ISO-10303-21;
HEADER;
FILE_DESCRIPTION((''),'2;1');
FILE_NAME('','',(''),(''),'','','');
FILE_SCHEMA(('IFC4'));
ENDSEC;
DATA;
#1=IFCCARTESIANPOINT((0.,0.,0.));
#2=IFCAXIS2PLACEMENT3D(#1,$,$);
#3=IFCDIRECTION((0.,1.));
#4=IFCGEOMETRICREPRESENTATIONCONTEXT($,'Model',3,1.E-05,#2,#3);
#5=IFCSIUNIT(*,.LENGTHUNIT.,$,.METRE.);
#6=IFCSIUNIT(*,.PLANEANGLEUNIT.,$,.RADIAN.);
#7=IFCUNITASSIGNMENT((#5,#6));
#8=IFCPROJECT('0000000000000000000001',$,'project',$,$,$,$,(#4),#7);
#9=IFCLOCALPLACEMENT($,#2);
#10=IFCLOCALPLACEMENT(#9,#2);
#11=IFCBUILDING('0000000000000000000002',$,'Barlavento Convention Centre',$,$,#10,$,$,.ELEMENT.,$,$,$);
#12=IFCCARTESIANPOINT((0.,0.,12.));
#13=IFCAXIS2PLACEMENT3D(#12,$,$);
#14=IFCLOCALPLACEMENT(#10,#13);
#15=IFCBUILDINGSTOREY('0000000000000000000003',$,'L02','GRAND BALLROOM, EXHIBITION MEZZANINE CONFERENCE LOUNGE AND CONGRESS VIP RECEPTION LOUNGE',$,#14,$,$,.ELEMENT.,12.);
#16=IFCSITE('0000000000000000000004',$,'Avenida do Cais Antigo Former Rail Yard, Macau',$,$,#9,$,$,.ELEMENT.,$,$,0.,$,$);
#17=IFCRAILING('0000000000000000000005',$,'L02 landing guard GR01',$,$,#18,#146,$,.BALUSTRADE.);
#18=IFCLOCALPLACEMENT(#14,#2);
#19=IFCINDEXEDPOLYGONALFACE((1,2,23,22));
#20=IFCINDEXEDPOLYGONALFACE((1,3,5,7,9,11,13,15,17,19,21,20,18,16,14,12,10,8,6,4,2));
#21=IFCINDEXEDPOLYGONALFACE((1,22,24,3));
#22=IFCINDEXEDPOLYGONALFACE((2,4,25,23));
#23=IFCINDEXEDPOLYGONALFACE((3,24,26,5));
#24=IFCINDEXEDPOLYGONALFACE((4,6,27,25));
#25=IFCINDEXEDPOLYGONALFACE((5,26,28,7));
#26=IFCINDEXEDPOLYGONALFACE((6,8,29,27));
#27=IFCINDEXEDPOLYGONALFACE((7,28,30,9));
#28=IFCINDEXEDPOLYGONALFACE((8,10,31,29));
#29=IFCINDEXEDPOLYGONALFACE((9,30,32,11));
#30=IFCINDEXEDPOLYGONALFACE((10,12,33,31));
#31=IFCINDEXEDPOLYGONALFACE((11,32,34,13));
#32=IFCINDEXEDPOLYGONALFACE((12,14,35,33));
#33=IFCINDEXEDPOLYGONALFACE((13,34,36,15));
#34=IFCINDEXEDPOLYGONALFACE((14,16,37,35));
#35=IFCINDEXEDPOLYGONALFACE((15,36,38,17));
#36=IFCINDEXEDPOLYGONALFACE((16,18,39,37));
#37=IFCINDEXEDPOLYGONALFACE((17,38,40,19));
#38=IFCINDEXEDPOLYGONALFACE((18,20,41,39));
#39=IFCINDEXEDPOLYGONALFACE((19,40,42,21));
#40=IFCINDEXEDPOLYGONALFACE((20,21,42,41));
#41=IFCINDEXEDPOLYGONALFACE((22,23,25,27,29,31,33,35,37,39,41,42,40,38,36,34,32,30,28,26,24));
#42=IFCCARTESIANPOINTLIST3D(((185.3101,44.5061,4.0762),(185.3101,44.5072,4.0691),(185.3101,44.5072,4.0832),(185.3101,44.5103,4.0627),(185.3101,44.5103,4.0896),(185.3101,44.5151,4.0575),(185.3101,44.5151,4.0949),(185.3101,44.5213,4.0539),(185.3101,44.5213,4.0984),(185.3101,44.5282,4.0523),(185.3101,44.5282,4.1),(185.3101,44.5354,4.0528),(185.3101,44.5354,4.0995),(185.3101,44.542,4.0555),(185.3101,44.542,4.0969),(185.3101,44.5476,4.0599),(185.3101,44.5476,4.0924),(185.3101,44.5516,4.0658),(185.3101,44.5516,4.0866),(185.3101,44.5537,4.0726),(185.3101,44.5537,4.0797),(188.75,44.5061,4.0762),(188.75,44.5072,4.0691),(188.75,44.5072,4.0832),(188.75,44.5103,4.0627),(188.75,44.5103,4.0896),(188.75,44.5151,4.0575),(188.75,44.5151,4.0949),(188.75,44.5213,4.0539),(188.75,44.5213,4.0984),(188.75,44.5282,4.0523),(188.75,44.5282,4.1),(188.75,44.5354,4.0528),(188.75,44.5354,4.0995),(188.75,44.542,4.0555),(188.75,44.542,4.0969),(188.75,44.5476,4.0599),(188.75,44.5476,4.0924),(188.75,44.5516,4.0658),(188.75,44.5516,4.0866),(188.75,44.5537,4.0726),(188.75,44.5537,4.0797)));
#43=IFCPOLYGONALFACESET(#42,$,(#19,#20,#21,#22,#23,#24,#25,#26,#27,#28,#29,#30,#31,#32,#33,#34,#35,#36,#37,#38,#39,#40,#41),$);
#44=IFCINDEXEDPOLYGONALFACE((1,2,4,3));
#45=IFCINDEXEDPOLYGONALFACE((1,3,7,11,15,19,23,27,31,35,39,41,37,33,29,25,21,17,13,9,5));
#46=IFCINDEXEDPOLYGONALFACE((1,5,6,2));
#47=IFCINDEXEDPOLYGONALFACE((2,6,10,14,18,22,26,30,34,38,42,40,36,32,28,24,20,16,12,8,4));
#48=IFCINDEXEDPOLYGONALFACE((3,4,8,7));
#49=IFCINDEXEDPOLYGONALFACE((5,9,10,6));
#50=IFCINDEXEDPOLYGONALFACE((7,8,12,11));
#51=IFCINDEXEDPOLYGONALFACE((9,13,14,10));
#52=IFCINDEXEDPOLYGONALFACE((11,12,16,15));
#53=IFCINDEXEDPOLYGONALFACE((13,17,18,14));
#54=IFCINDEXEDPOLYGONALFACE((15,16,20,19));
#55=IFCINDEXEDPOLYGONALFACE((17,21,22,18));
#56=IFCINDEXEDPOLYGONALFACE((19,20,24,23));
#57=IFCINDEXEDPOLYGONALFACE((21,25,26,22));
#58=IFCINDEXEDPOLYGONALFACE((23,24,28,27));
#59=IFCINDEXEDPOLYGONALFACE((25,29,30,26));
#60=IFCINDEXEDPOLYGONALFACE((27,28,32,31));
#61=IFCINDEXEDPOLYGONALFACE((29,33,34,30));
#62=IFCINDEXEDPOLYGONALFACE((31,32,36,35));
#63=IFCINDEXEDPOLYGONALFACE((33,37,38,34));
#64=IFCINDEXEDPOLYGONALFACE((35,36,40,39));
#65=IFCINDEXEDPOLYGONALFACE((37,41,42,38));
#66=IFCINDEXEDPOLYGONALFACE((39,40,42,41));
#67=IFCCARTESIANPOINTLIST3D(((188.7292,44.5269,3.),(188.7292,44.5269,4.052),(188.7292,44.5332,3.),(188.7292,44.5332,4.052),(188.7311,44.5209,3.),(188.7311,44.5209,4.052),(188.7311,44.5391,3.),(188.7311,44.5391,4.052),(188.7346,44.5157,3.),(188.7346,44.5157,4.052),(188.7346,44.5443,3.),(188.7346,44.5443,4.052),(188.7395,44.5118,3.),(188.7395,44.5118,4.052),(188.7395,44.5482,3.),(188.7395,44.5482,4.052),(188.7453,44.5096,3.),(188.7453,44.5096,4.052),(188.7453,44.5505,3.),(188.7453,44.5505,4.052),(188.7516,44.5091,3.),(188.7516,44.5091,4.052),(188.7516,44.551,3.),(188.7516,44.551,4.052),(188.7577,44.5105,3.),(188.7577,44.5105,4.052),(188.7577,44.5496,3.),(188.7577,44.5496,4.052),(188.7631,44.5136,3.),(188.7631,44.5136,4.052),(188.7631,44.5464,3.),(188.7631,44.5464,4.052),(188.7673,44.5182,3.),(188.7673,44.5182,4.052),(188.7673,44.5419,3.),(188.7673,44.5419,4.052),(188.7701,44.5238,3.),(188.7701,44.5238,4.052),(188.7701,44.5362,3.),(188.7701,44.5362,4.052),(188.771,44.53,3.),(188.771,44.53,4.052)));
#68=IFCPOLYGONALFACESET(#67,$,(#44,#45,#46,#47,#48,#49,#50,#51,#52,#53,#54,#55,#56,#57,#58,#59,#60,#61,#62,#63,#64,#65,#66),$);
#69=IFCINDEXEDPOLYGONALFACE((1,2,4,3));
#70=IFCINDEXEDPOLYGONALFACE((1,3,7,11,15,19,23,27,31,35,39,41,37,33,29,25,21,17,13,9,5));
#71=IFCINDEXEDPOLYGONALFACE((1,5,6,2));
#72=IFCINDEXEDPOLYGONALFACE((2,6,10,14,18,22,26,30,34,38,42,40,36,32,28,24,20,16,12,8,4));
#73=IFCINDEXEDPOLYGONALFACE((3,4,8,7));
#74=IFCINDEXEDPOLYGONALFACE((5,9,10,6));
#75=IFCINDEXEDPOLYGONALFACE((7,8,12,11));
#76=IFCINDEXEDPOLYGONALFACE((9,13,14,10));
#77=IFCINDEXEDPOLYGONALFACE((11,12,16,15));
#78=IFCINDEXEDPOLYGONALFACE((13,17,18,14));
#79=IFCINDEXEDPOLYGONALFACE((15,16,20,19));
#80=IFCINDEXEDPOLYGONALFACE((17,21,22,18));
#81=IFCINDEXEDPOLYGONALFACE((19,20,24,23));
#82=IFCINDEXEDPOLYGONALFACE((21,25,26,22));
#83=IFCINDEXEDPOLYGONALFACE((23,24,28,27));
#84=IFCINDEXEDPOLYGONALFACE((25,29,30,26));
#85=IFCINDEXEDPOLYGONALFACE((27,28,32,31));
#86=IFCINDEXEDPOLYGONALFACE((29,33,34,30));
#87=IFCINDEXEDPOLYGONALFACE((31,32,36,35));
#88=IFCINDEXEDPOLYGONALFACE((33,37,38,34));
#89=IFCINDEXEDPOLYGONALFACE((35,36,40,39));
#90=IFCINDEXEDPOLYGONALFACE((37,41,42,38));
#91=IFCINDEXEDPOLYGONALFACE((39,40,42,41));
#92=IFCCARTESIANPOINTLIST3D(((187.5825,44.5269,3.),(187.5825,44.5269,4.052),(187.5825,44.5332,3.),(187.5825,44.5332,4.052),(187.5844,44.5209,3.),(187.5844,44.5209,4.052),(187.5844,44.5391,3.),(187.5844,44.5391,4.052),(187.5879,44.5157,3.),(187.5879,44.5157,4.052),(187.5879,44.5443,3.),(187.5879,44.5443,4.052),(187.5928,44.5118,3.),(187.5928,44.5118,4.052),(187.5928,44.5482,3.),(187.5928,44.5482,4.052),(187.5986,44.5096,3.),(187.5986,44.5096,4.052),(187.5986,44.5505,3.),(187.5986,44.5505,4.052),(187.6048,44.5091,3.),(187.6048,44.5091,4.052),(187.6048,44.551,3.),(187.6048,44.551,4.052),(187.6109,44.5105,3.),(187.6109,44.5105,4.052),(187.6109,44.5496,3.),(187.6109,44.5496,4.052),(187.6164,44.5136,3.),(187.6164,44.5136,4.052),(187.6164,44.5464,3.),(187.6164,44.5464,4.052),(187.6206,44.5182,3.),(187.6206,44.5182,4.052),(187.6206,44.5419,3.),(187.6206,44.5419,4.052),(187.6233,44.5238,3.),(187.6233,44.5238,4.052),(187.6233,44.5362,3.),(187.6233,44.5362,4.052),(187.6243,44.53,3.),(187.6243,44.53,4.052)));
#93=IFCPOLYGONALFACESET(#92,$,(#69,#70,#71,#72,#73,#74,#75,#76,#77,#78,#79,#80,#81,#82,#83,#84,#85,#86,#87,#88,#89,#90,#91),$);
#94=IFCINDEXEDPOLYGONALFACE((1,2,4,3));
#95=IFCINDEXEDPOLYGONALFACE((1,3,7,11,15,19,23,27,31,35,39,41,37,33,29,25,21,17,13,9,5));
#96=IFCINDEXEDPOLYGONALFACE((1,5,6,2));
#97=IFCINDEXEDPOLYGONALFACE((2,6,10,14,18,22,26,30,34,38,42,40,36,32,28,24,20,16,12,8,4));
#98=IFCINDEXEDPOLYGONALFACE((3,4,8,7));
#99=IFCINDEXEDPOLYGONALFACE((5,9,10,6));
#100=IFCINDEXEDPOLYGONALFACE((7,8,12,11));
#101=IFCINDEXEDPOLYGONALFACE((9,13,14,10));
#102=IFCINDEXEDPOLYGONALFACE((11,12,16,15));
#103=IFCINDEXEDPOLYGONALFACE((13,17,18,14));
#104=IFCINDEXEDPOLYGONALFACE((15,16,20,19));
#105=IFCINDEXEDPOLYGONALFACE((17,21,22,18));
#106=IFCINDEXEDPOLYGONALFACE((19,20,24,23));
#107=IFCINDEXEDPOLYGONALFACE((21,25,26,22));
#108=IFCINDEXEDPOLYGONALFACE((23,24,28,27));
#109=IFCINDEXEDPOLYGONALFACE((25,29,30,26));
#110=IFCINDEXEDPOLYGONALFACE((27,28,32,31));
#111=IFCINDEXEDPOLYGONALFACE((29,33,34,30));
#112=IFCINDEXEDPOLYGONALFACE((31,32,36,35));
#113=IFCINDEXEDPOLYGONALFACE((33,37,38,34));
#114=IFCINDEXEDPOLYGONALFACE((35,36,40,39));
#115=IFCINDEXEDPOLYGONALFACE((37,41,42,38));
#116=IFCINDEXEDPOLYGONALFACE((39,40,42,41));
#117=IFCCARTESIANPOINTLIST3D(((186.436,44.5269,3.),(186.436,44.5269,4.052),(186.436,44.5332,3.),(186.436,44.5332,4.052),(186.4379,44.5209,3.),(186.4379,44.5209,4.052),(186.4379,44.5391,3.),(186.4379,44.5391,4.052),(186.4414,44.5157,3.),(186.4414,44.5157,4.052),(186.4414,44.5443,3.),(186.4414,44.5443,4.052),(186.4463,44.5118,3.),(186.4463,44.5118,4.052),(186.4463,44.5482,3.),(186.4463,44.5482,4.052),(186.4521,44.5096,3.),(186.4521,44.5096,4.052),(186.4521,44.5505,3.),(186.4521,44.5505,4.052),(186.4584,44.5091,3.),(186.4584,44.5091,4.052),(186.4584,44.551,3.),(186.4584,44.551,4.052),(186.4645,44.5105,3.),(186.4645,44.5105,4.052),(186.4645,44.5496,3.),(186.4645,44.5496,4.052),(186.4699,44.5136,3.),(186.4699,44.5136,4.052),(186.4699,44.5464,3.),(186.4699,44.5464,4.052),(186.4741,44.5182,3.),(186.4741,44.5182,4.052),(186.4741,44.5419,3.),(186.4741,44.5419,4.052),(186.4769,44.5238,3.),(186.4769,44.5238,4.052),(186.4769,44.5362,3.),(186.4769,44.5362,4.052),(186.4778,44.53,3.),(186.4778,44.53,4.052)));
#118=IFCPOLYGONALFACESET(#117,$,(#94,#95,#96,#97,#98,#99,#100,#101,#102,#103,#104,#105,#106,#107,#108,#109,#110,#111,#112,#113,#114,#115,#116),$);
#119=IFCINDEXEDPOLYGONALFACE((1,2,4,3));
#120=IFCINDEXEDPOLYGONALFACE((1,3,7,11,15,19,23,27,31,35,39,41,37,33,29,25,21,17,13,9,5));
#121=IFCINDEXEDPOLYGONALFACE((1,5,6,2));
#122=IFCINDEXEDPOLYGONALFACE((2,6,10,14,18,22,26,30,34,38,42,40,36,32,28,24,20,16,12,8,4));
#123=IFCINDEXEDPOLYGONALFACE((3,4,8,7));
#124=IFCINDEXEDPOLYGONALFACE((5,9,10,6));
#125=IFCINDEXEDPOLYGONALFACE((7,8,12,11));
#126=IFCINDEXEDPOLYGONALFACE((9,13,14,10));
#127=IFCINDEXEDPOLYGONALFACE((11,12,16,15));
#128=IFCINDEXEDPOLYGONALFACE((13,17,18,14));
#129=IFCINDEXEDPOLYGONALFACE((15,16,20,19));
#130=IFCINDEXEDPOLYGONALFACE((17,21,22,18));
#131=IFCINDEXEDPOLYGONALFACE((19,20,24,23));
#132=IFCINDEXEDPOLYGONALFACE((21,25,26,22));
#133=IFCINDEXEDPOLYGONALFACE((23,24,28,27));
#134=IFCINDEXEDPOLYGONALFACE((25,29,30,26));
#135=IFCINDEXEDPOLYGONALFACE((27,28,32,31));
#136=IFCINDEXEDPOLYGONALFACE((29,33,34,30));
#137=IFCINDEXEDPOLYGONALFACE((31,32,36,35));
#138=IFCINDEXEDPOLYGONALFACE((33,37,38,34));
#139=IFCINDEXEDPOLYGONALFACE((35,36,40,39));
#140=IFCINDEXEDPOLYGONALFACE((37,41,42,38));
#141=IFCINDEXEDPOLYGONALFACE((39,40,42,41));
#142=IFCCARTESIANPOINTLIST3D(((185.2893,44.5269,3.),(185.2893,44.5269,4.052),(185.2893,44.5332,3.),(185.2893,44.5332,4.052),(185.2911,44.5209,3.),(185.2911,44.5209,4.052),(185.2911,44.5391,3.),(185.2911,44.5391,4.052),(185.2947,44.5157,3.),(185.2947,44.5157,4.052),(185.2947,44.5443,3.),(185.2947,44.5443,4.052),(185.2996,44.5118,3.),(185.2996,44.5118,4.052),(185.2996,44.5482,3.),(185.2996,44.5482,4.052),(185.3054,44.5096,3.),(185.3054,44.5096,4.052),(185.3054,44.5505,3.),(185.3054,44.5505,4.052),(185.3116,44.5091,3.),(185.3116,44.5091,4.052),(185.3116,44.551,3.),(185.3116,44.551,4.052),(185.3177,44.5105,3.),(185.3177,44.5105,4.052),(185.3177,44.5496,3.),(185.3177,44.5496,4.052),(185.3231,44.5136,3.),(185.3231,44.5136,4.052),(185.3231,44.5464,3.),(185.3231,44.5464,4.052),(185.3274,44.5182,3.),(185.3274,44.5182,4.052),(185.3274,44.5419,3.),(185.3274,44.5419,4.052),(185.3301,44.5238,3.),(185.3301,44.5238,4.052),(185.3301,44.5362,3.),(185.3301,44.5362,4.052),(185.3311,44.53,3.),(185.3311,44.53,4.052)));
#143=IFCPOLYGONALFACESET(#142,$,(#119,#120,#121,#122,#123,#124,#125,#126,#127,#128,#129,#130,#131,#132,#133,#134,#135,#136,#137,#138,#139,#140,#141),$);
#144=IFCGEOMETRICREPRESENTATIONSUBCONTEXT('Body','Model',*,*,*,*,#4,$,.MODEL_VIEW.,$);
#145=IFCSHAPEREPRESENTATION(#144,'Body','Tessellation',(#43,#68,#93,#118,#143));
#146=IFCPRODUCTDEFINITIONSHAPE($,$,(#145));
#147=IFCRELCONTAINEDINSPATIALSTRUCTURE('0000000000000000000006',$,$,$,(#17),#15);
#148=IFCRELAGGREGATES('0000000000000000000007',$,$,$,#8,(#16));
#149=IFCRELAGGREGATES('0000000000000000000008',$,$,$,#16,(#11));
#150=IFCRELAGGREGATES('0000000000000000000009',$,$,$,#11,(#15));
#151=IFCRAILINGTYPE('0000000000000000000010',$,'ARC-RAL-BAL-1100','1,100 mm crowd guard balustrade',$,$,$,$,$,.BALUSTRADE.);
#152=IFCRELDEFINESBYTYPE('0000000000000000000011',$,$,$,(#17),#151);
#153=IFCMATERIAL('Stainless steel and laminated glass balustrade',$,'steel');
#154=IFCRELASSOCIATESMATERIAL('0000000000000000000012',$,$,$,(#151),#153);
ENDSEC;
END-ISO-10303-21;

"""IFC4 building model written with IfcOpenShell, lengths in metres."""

from ifc_helpers import new_model, si_unit, direction, frame, origin, origin_2d, place, context, subcontext, project, spatial, circle, extrude, material, type_object, element, save


model = new_model("IFC4")

# Units and contexts
model_context = context("Model", 3, precision=1e-05, world=origin(), true_north=direction((0.0, 1.0)))
body_context = subcontext(model_context, "Body", "Model", "MODEL_VIEW")
ifc_project = project(units=[si_unit("LENGTHUNIT", "METRE"), si_unit("PLANEANGLEUNIT", "RADIAN")], contexts=[model_context])

# Site, building, storey
site_placement = place(None, origin())
site = spatial("IfcSite", under=ifc_project, at=site_placement, Name="Avenida do Cais Antigo Former Rail Yard, Macau", CompositionType="ELEMENT", RefElevation=0.0)
building_placement = place(site_placement, origin())
building = spatial("IfcBuilding", under=site, at=building_placement, Name="Barlavento Convention Centre", CompositionType="ELEMENT")
storey_placement = place(building_placement, frame((0.0, 0.0, 12.0)))
storey = spatial("IfcBuildingStorey", under=building, at=storey_placement, Name="L02", Description="GRAND BALLROOM, EXHIBITION MEZZANINE CONFERENCE LOUNGE AND CONGRESS VIP RECEPTION LOUNGE", CompositionType="ELEMENT", Elevation=12.0)

# Railing
ifc_material_1 = material(Name="Stainless steel and laminated glass balustrade", Category="steel")
railing_type_1 = type_object("IfcRailingType", Name="ARC-RAL-BAL-1100", Description="1,100 mm crowd guard balustrade", PredefinedType="BALUSTRADE", material=ifc_material_1)
railing_1_placement = place(storey_placement, frame((188.75, 44.53, 3.0)))
element("IfcRailing", 1, at=railing_1_placement, inside=storey, type_object=railing_type_1, Name="L02 landing guard GR01", PredefinedType="BALUSTRADE", context=body_context, shape_type="SweptSolid", body=[
    extrude(circle(Radius=0.0239, at=origin_2d()), frame((0.0, 0.0, 1.0762), z_axis=(-1.0, 0.0, 0.0), x_axis=(0.0, -1.0, 0.0)), (0.0, 0.0, 1.0), 3.4399),
    extrude(circle(Radius=0.021, at=origin_2d()), origin(), (0.0, 0.0, 1.0), 1.052),
    extrude(circle(Radius=0.021, at=origin_2d()), frame((-1.1467, 0.0, 0.0)), (0.0, 0.0, 1.0), 1.052),
    extrude(circle(Radius=0.021, at=origin_2d()), frame((-2.2932, 0.0, 0.0)), (0.0, 0.0, 1.0), 1.052),
    extrude(circle(Radius=0.021, at=origin_2d()), frame((-3.4399, 0.0, 0.0)), (0.0, 0.0, 1.0), 1.052),
])

save(model, "model.ifc")
